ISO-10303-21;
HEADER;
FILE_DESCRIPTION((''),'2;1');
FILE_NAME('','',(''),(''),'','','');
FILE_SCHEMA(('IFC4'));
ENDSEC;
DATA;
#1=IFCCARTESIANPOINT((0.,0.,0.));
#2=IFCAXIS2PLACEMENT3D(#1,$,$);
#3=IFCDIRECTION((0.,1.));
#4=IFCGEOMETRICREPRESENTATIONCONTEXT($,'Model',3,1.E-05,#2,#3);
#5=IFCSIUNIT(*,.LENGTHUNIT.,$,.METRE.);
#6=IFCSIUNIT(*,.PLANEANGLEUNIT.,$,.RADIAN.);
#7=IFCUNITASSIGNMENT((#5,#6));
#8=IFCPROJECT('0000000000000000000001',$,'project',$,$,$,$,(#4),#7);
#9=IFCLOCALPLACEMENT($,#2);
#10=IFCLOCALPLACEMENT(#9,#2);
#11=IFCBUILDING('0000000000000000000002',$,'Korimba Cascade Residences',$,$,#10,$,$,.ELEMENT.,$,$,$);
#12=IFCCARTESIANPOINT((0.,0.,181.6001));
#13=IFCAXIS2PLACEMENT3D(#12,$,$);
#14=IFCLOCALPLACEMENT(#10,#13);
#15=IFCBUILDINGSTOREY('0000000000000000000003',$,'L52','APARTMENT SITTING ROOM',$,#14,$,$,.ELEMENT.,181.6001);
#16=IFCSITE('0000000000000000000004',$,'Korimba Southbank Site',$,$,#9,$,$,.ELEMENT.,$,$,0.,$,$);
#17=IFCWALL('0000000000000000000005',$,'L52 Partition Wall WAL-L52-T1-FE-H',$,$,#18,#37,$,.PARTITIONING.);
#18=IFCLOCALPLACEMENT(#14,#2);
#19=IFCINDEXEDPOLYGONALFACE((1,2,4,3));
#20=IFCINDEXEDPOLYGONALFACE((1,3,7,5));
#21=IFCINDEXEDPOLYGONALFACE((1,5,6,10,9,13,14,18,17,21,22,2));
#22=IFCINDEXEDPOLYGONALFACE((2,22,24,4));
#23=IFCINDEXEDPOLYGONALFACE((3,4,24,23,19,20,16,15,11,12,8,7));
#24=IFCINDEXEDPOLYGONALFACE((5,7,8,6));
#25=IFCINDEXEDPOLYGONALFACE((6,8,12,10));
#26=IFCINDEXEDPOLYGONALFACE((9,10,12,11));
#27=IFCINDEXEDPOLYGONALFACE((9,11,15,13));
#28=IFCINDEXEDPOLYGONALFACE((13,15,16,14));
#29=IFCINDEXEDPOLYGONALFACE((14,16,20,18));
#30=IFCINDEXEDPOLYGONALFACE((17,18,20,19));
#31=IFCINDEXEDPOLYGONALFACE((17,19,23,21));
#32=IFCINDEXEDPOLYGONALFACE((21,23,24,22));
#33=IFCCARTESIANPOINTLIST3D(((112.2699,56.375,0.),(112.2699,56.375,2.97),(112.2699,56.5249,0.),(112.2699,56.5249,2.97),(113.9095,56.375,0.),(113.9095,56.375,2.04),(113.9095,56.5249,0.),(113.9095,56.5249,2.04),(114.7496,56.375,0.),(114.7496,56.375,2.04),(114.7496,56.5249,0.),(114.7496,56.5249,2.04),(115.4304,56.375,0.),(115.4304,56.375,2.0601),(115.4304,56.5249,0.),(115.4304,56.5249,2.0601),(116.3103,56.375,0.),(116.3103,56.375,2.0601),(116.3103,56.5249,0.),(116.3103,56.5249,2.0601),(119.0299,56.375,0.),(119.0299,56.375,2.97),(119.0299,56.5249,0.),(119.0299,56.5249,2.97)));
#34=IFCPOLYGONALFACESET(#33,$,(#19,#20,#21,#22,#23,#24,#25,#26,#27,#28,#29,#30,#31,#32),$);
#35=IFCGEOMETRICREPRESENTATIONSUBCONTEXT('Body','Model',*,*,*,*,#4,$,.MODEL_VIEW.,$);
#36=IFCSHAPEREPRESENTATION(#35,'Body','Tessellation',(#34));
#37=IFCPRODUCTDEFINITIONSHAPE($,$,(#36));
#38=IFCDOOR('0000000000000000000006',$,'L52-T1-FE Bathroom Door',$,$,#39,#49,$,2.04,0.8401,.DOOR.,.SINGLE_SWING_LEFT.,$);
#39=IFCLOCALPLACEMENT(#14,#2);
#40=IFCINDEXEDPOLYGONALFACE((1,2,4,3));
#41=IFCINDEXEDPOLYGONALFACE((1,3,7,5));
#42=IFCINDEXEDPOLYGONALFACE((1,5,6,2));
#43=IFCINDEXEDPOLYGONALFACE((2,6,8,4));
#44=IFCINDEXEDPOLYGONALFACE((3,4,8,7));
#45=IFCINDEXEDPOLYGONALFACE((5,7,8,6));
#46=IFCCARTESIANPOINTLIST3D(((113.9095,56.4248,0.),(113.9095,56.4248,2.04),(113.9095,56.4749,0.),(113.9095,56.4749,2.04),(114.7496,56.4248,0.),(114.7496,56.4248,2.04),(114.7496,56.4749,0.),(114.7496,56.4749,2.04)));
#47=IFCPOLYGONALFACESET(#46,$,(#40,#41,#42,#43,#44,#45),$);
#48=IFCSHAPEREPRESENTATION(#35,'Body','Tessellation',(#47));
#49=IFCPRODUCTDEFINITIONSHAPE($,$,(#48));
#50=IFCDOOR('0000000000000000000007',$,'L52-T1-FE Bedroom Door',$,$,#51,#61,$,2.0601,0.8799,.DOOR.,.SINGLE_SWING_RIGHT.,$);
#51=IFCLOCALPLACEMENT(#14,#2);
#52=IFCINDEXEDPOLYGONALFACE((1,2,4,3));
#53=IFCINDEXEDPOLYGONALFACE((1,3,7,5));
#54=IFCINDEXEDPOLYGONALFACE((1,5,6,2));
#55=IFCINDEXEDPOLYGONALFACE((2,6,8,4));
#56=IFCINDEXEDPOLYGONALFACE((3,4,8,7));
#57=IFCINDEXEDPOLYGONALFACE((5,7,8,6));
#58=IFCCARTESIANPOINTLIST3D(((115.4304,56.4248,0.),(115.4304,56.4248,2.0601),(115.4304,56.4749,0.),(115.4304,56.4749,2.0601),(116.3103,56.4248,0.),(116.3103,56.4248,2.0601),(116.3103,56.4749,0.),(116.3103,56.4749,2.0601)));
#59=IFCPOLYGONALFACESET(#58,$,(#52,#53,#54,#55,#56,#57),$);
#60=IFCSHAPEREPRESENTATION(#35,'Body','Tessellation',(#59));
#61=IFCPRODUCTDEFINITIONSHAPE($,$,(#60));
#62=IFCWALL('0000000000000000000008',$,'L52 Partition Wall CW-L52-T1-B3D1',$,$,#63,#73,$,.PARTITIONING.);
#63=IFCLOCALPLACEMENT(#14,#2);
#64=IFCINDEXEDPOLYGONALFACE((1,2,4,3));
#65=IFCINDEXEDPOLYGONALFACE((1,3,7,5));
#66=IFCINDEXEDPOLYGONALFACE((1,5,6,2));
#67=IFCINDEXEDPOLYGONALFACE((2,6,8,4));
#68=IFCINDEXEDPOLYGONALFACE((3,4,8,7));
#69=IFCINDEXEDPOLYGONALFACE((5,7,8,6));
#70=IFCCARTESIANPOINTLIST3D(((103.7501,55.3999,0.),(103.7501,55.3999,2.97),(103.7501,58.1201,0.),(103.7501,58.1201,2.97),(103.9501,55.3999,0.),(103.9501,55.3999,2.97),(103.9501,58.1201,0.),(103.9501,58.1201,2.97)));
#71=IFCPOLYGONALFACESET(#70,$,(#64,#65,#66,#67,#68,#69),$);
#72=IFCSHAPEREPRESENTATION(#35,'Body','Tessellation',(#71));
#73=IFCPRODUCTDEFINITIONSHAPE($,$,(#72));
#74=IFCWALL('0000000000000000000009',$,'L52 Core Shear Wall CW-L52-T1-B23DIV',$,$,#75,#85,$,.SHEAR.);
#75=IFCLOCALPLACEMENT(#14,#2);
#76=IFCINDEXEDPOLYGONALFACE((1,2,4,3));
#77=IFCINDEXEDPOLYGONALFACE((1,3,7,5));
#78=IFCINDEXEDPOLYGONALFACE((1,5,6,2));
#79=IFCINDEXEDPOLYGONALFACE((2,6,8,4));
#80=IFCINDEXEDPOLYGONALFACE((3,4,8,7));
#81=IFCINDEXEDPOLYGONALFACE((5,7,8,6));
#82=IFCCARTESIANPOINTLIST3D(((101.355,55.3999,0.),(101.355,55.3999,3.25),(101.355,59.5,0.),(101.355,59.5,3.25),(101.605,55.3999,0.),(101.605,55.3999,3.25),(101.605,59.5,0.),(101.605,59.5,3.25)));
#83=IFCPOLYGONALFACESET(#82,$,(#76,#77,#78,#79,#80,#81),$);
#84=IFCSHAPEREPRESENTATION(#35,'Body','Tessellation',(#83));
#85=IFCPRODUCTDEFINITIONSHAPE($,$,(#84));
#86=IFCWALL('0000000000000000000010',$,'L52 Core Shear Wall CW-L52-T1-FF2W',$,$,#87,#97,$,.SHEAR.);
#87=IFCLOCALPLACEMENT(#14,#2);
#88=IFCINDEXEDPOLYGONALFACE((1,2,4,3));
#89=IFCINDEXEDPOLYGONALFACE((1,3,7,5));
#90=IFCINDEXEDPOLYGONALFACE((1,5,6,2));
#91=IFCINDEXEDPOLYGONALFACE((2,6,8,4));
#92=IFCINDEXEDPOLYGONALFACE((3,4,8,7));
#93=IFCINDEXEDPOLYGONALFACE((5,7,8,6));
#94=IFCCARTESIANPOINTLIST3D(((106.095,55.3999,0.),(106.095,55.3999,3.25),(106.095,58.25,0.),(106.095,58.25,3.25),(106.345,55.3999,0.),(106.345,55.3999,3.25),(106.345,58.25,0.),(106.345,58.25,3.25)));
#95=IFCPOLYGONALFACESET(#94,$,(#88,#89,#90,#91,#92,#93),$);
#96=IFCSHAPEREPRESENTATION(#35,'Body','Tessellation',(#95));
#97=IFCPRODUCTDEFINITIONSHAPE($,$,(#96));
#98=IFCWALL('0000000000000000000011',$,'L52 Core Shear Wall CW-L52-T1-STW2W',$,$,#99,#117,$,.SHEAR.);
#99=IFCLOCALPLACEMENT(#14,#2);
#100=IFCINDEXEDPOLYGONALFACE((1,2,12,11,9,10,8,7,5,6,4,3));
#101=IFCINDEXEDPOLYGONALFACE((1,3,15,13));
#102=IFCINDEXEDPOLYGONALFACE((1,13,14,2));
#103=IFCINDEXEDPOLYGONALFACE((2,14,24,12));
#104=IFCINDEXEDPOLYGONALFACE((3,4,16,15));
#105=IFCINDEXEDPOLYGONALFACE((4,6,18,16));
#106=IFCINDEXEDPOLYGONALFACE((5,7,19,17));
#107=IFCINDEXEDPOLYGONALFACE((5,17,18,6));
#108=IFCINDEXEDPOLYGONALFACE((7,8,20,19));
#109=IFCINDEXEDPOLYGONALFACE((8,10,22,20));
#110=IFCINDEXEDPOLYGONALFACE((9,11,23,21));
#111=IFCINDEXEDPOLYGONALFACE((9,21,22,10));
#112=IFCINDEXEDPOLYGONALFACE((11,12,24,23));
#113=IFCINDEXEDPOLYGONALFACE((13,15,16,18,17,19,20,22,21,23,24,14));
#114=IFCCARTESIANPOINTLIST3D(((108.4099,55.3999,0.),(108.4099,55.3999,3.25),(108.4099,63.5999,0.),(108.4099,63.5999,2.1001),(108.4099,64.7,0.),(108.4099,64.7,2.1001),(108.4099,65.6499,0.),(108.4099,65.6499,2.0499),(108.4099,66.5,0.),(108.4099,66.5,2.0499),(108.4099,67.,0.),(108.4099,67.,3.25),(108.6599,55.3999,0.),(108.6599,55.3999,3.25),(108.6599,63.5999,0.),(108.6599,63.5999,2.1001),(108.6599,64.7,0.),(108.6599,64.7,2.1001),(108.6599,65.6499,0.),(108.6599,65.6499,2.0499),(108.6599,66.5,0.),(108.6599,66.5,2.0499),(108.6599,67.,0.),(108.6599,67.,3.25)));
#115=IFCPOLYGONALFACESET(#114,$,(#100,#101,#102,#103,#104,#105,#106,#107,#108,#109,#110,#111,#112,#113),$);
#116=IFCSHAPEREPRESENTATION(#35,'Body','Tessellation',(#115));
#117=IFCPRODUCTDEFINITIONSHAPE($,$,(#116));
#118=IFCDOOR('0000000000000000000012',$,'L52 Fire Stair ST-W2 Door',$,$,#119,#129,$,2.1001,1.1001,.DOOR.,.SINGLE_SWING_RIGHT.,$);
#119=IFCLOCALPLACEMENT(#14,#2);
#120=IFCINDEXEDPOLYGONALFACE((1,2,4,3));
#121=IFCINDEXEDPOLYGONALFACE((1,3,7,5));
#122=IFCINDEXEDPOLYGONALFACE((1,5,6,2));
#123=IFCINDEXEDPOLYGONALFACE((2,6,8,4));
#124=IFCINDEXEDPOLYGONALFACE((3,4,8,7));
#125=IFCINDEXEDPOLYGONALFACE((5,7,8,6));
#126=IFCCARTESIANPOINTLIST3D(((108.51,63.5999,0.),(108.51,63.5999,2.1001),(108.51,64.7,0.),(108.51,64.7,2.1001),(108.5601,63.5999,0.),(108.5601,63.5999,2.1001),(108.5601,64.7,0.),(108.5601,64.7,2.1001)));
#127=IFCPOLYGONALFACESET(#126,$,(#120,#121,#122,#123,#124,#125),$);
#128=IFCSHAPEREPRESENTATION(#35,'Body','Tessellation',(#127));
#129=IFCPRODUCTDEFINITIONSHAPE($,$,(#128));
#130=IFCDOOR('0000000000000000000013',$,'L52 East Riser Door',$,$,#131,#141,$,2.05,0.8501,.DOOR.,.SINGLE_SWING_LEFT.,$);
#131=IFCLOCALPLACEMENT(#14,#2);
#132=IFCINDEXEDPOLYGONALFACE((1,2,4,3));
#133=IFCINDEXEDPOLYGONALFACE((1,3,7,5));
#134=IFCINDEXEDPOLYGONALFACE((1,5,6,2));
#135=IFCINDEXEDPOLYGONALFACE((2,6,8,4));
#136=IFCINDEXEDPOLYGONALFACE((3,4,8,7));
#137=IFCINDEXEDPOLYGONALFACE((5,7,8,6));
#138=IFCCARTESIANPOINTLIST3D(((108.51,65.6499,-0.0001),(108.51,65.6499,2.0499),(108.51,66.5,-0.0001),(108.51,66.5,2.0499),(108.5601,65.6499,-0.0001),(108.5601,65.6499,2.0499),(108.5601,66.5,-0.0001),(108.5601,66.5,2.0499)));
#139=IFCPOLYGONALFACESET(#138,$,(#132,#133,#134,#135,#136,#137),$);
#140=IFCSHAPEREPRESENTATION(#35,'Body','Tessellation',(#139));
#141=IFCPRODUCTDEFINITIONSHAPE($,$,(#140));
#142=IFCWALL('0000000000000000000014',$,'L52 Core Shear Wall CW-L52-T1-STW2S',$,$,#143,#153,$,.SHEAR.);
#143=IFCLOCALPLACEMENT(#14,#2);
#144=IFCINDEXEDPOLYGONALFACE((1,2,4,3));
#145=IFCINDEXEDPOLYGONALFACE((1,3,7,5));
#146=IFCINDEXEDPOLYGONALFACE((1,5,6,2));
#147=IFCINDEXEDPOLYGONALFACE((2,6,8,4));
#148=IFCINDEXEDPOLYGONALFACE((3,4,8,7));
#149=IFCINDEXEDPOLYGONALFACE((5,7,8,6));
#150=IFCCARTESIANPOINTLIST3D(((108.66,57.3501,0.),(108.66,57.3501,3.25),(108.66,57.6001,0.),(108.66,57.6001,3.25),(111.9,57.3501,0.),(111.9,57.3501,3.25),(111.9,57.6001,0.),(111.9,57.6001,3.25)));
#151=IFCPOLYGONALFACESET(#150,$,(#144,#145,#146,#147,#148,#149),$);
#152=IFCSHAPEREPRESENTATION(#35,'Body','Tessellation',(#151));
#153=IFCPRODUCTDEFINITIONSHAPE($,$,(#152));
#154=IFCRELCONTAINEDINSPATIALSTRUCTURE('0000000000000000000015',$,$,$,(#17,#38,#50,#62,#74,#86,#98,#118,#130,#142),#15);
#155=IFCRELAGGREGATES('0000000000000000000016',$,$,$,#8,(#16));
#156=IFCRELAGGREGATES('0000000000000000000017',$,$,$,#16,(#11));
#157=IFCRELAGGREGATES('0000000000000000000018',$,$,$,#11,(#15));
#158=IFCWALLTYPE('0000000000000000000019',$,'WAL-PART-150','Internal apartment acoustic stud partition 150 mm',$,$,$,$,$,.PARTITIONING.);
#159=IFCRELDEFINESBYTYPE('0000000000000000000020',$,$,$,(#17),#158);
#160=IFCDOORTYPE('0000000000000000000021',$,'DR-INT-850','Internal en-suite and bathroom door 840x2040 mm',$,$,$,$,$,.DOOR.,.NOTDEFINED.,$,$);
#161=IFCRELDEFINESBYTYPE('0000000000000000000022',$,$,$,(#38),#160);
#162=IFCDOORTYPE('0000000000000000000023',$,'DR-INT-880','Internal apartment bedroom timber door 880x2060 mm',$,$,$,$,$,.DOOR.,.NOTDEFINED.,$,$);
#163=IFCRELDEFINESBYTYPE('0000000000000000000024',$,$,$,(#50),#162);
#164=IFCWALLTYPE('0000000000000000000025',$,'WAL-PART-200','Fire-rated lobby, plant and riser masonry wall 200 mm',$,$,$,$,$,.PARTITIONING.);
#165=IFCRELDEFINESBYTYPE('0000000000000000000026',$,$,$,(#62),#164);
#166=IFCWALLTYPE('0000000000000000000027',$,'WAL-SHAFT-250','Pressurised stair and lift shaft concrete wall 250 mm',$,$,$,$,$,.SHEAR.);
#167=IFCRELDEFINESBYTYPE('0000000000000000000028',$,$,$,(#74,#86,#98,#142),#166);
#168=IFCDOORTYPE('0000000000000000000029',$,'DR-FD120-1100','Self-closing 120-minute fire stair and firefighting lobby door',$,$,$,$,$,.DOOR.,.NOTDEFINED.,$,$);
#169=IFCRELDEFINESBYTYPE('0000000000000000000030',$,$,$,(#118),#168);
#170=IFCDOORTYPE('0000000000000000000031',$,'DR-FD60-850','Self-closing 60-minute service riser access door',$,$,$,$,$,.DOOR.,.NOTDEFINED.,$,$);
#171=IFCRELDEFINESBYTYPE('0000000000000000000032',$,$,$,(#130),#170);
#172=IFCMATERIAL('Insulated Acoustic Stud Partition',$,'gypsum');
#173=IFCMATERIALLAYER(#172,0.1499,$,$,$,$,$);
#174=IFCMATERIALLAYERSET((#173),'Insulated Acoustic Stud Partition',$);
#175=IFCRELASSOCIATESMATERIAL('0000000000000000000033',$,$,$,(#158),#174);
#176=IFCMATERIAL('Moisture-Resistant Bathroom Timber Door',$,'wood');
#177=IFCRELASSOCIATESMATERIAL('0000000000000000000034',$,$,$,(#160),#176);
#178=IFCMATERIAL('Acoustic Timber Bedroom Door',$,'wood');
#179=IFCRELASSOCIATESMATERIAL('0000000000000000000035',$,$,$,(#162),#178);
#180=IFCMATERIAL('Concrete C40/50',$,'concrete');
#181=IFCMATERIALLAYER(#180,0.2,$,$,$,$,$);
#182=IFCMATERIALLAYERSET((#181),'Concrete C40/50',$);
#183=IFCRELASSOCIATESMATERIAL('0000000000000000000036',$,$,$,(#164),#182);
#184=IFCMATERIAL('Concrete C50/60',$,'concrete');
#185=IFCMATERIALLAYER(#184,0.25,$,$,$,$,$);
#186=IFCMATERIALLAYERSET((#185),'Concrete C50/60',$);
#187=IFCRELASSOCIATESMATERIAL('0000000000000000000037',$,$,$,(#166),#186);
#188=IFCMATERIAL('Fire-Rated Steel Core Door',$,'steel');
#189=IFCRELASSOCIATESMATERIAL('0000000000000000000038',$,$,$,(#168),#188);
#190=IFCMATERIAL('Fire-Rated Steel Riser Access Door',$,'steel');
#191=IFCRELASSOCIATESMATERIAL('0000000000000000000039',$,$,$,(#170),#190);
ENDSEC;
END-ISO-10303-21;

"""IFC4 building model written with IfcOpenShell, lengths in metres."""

from ifc_helpers import new_model, si_unit, direction, frame, frame_2d, origin, place, context, subcontext, project, spatial, rectangle, extrude, material, layer, layer_set, type_object, element, fill, save


model = new_model("IFC4")

# Units and contexts
model_context = context("Model", 3, precision=1e-05, world=origin(), true_north=direction((0.0, 1.0)))
body_context = subcontext(model_context, "Body", "Model", "MODEL_VIEW")
ifc_project = project(units=[si_unit("LENGTHUNIT", "METRE"), si_unit("PLANEANGLEUNIT", "RADIAN")], contexts=[model_context])

# Site, building, storey
site_placement = place(None, origin())
site = spatial("IfcSite", under=ifc_project, at=site_placement, Name="Korimba Southbank Site", CompositionType="ELEMENT", RefElevation=0.0)
building_placement = place(site_placement, origin())
building = spatial("IfcBuilding", under=site, at=building_placement, Name="Korimba Cascade Residences", CompositionType="ELEMENT")
storey_placement = place(building_placement, frame((0.0, 0.0, 181.6001)))
storey = spatial("IfcBuildingStorey", under=building, at=storey_placement, Name="L52", Description="APARTMENT SITTING ROOM", CompositionType="ELEMENT", Elevation=181.6001)

# Shared definitions
ifc_material_1 = material(Name="Insulated Acoustic Stud Partition", Category="gypsum")
ifc_layer_1 = layer(ifc_material_1, 0.1499)
ifc_layer_set_1 = layer_set([ifc_layer_1], Name="Insulated Acoustic Stud Partition")
wall_type_1 = type_object("IfcWallType", Name="WAL-PART-150", Description="Internal apartment acoustic stud partition 150 mm", PredefinedType="PARTITIONING", material=ifc_layer_set_1)

# Wall, openings, doors
wall_1_placement = place(storey_placement, frame((112.27, 56.45, 0.0), z_axis=(0.0, 0.0, 1.0), x_axis=(1.0, 0.0, 0.0)))
wall_1 = element("IfcWall", 1, at=wall_1_placement, inside=storey, type_object=wall_type_1, Name="L52 Partition Wall WAL-L52-T1-FE-H", PredefinedType="PARTITIONING", context=body_context, shape_type="SweptSolid", body=[
    extrude(rectangle(XDim=6.76, YDim=0.1499, at=frame_2d((3.3799, 0.0))), origin(), (0.0, 0.0, 1.0), 2.97),
])
opening_1_placement = place(wall_1_placement, frame((1.6396, 0.0, 0.0)))
opening_1 = element("IfcOpeningElement", 2, at=opening_1_placement, cuts=wall_1, PredefinedType="OPENING", context=body_context, shape_type="SweptSolid", body=[
    extrude(rectangle(XDim=0.8401, YDim=2.04, at=frame_2d((0.4199, 1.02))), frame((0.0, 0.085, 0.0), z_axis=(0.0, -1.0, 0.0), x_axis=(1.0, 0.0, 0.0)), (0.0, 0.0, 1.0), 0.1699),
])
opening_2_placement = place(wall_1_placement, frame((3.1604, 0.0, 0.0)))
opening_2 = element("IfcOpeningElement", 3, at=opening_2_placement, cuts=wall_1, PredefinedType="OPENING", context=body_context, shape_type="SweptSolid", body=[
    extrude(rectangle(XDim=0.8799, YDim=2.0601, at=frame_2d((0.4399, 1.03))), frame((0.0, 0.085, 0.0), z_axis=(0.0, -1.0, 0.0), x_axis=(1.0, 0.0, 0.0)), (0.0, 0.0, 1.0), 0.1699),
])
ifc_material_2 = material(Name="Moisture-Resistant Bathroom Timber Door", Category="wood")
door_type_1 = type_object("IfcDoorType", Name="DR-INT-850", Description="Internal en-suite and bathroom door 840x2040 mm", OperationType="NOTDEFINED", PredefinedType="DOOR", material=ifc_material_2)
door_1_placement = place(opening_1_placement, origin())
door_1 = element("IfcDoor", 4, at=door_1_placement, inside=storey, type_object=door_type_1, Name="L52-T1-FE Bathroom Door", OperationType="SINGLE_SWING_LEFT", OverallHeight=2.04, OverallWidth=0.8401, PredefinedType="DOOR", context=body_context, shape_type="SweptSolid", body=[
    extrude(rectangle(XDim=0.8401, YDim=2.04, at=frame_2d((0.4199, 1.02))), frame((0.0, 0.0249, 0.0), z_axis=(0.0, -1.0, 0.0), x_axis=(1.0, 0.0, 0.0)), (0.0, 0.0, 1.0), 0.05),
])
fill(opening_1, door_1)
ifc_material_3 = material(Name="Acoustic Timber Bedroom Door", Category="wood")
door_type_2 = type_object("IfcDoorType", Name="DR-INT-880", Description="Internal apartment bedroom timber door 880x2060 mm", OperationType="NOTDEFINED", PredefinedType="DOOR", material=ifc_material_3)
door_2_placement = place(opening_2_placement, origin())
door_2 = element("IfcDoor", 5, at=door_2_placement, inside=storey, type_object=door_type_2, Name="L52-T1-FE Bedroom Door", OperationType="SINGLE_SWING_RIGHT", OverallHeight=2.0601, OverallWidth=0.8799, PredefinedType="DOOR", context=body_context, shape_type="SweptSolid", body=[
    extrude(rectangle(XDim=0.8799, YDim=2.0601, at=frame_2d((0.4399, 1.03))), frame((0.0, 0.0249, 0.0), z_axis=(0.0, -1.0, 0.0), x_axis=(1.0, 0.0, 0.0)), (0.0, 0.0, 1.0), 0.05),
])
fill(opening_2, door_2)

# Walls
ifc_material_4 = material(Name="Concrete C40/50", Category="concrete")
ifc_layer_2 = layer(ifc_material_4, 0.2)
ifc_layer_set_2 = layer_set([ifc_layer_2], Name="Concrete C40/50")
wall_type_2 = type_object("IfcWallType", Name="WAL-PART-200", Description="Fire-rated lobby, plant and riser masonry wall 200 mm", PredefinedType="PARTITIONING", material=ifc_layer_set_2)
wall_2_placement = place(storey_placement, frame((103.8501, 55.3999, 0.0), z_axis=(0.0, 0.0, 1.0), x_axis=(0.0, 1.0, 0.0)))
element("IfcWall", 6, at=wall_2_placement, inside=storey, type_object=wall_type_2, Name="L52 Partition Wall CW-L52-T1-B3D1", PredefinedType="PARTITIONING", context=body_context, shape_type="SweptSolid", body=[
    extrude(rectangle(XDim=2.7202, YDim=0.2, at=frame_2d((1.3601, 0.0))), origin(), (0.0, 0.0, 1.0), 2.97),
])
ifc_material_5 = material(Name="Concrete C50/60", Category="concrete")
ifc_layer_3 = layer(ifc_material_5, 0.25)
ifc_layer_set_3 = layer_set([ifc_layer_3], Name="Concrete C50/60")
wall_type_3 = type_object("IfcWallType", Name="WAL-SHAFT-250", Description="Pressurised stair and lift shaft concrete wall 250 mm", PredefinedType="SHEAR", material=ifc_layer_set_3)
wall_3_placement = place(storey_placement, frame((101.48, 55.3999, 0.0), z_axis=(0.0, 0.0, 1.0), x_axis=(0.0, 1.0, 0.0)))
element("IfcWall", 7, at=wall_3_placement, inside=storey, type_object=wall_type_3, Name="L52 Core Shear Wall CW-L52-T1-B23DIV", PredefinedType="SHEAR", context=body_context, shape_type="SweptSolid", body=[
    extrude(rectangle(XDim=4.1001, YDim=0.25, at=frame_2d((2.05, 0.0))), origin(), (0.0, 0.0, 1.0), 3.25),
])
wall_4_placement = place(storey_placement, frame((106.22, 55.3999, 0.0), z_axis=(0.0, 0.0, 1.0), x_axis=(0.0, 1.0, 0.0)))
element("IfcWall", 8, at=wall_4_placement, inside=storey, type_object=wall_type_3, Name="L52 Core Shear Wall CW-L52-T1-FF2W", PredefinedType="SHEAR", context=body_context, shape_type="SweptSolid", body=[
    extrude(rectangle(XDim=2.8501, YDim=0.25, at=frame_2d((1.425, 0.0))), origin(), (0.0, 0.0, 1.0), 3.25),
])

# Wall, openings, doors
wall_5_placement = place(storey_placement, frame((108.5349, 55.3999, 0.0), z_axis=(0.0, 0.0, 1.0), x_axis=(0.0, 1.0, 0.0)))
wall_5 = element("IfcWall", 9, at=wall_5_placement, inside=storey, type_object=wall_type_3, Name="L52 Core Shear Wall CW-L52-T1-STW2W", PredefinedType="SHEAR", context=body_context, shape_type="SweptSolid", body=[
    extrude(rectangle(XDim=11.6001, YDim=0.25, at=frame_2d((5.8, 0.0))), origin(), (0.0, 0.0, 1.0), 3.25),
])
opening_3_placement = place(wall_5_placement, frame((8.2, 0.0, 0.0)))
opening_3 = element("IfcOpeningElement", 10, at=opening_3_placement, cuts=wall_5, PredefinedType="OPENING", context=body_context, shape_type="SweptSolid", body=[
    extrude(rectangle(XDim=1.1001, YDim=2.1001, at=frame_2d((0.55, 1.05))), frame((0.0, 0.135, 0.0), z_axis=(0.0, -1.0, 0.0), x_axis=(1.0, 0.0, 0.0)), (0.0, 0.0, 1.0), 0.27),
])
opening_4_placement = place(wall_5_placement, frame((10.25, 0.0, 0.0)))
opening_4 = element("IfcOpeningElement", 11, at=opening_4_placement, cuts=wall_5, PredefinedType="OPENING", context=body_context, shape_type="SweptSolid", body=[
    extrude(rectangle(XDim=0.8501, YDim=2.05, at=frame_2d((0.425, 1.0249))), frame((0.0, 0.135, 0.0), z_axis=(0.0, -1.0, 0.0), x_axis=(1.0, 0.0, 0.0)), (0.0, 0.0, 1.0), 0.27),
])
ifc_material_6 = material(Name="Fire-Rated Steel Core Door", Category="steel")
door_type_3 = type_object("IfcDoorType", Name="DR-FD120-1100", Description="Self-closing 120-minute fire stair and firefighting lobby door", OperationType="NOTDEFINED", PredefinedType="DOOR", material=ifc_material_6)
door_3_placement = place(opening_3_placement, origin())
door_3 = element("IfcDoor", 12, at=door_3_placement, inside=storey, type_object=door_type_3, Name="L52 Fire Stair ST-W2 Door", OperationType="SINGLE_SWING_RIGHT", OverallHeight=2.1001, OverallWidth=1.1001, PredefinedType="DOOR", context=body_context, shape_type="SweptSolid", body=[
    extrude(rectangle(XDim=1.1001, YDim=2.1001, at=frame_2d((0.55, 1.05))), frame((0.0, 0.0249, 0.0), z_axis=(0.0, -1.0, 0.0), x_axis=(1.0, 0.0, 0.0)), (0.0, 0.0, 1.0), 0.05),
])
fill(opening_3, door_3)
ifc_material_7 = material(Name="Fire-Rated Steel Riser Access Door", Category="steel")
door_type_4 = type_object("IfcDoorType", Name="DR-FD60-850", Description="Self-closing 60-minute service riser access door", OperationType="NOTDEFINED", PredefinedType="DOOR", material=ifc_material_7)
door_4_placement = place(opening_4_placement, origin())
door_4 = element("IfcDoor", 13, at=door_4_placement, inside=storey, type_object=door_type_4, Name="L52 East Riser Door", OperationType="SINGLE_SWING_LEFT", OverallHeight=2.05, OverallWidth=0.8501, PredefinedType="DOOR", context=body_context, shape_type="SweptSolid", body=[
    extrude(rectangle(XDim=0.8501, YDim=2.05, at=frame_2d((0.425, 1.0249))), frame((0.0, 0.0249, 0.0), z_axis=(0.0, -1.0, 0.0), x_axis=(1.0, 0.0, 0.0)), (0.0, 0.0, 1.0), 0.05),
])
fill(opening_4, door_4)

# Wall
wall_6_placement = place(storey_placement, frame((108.6599, 57.4751, 0.0), z_axis=(0.0, 0.0, 1.0), x_axis=(1.0, 0.0, 0.0)))
element("IfcWall", 14, at=wall_6_placement, inside=storey, type_object=wall_type_3, Name="L52 Core Shear Wall CW-L52-T1-STW2S", PredefinedType="SHEAR", context=body_context, shape_type="SweptSolid", body=[
    extrude(rectangle(XDim=3.24, YDim=0.25, at=frame_2d((1.6201, 0.0))), origin(), (0.0, 0.0, 1.0), 3.25),
])

save(model, "model.ifc")
